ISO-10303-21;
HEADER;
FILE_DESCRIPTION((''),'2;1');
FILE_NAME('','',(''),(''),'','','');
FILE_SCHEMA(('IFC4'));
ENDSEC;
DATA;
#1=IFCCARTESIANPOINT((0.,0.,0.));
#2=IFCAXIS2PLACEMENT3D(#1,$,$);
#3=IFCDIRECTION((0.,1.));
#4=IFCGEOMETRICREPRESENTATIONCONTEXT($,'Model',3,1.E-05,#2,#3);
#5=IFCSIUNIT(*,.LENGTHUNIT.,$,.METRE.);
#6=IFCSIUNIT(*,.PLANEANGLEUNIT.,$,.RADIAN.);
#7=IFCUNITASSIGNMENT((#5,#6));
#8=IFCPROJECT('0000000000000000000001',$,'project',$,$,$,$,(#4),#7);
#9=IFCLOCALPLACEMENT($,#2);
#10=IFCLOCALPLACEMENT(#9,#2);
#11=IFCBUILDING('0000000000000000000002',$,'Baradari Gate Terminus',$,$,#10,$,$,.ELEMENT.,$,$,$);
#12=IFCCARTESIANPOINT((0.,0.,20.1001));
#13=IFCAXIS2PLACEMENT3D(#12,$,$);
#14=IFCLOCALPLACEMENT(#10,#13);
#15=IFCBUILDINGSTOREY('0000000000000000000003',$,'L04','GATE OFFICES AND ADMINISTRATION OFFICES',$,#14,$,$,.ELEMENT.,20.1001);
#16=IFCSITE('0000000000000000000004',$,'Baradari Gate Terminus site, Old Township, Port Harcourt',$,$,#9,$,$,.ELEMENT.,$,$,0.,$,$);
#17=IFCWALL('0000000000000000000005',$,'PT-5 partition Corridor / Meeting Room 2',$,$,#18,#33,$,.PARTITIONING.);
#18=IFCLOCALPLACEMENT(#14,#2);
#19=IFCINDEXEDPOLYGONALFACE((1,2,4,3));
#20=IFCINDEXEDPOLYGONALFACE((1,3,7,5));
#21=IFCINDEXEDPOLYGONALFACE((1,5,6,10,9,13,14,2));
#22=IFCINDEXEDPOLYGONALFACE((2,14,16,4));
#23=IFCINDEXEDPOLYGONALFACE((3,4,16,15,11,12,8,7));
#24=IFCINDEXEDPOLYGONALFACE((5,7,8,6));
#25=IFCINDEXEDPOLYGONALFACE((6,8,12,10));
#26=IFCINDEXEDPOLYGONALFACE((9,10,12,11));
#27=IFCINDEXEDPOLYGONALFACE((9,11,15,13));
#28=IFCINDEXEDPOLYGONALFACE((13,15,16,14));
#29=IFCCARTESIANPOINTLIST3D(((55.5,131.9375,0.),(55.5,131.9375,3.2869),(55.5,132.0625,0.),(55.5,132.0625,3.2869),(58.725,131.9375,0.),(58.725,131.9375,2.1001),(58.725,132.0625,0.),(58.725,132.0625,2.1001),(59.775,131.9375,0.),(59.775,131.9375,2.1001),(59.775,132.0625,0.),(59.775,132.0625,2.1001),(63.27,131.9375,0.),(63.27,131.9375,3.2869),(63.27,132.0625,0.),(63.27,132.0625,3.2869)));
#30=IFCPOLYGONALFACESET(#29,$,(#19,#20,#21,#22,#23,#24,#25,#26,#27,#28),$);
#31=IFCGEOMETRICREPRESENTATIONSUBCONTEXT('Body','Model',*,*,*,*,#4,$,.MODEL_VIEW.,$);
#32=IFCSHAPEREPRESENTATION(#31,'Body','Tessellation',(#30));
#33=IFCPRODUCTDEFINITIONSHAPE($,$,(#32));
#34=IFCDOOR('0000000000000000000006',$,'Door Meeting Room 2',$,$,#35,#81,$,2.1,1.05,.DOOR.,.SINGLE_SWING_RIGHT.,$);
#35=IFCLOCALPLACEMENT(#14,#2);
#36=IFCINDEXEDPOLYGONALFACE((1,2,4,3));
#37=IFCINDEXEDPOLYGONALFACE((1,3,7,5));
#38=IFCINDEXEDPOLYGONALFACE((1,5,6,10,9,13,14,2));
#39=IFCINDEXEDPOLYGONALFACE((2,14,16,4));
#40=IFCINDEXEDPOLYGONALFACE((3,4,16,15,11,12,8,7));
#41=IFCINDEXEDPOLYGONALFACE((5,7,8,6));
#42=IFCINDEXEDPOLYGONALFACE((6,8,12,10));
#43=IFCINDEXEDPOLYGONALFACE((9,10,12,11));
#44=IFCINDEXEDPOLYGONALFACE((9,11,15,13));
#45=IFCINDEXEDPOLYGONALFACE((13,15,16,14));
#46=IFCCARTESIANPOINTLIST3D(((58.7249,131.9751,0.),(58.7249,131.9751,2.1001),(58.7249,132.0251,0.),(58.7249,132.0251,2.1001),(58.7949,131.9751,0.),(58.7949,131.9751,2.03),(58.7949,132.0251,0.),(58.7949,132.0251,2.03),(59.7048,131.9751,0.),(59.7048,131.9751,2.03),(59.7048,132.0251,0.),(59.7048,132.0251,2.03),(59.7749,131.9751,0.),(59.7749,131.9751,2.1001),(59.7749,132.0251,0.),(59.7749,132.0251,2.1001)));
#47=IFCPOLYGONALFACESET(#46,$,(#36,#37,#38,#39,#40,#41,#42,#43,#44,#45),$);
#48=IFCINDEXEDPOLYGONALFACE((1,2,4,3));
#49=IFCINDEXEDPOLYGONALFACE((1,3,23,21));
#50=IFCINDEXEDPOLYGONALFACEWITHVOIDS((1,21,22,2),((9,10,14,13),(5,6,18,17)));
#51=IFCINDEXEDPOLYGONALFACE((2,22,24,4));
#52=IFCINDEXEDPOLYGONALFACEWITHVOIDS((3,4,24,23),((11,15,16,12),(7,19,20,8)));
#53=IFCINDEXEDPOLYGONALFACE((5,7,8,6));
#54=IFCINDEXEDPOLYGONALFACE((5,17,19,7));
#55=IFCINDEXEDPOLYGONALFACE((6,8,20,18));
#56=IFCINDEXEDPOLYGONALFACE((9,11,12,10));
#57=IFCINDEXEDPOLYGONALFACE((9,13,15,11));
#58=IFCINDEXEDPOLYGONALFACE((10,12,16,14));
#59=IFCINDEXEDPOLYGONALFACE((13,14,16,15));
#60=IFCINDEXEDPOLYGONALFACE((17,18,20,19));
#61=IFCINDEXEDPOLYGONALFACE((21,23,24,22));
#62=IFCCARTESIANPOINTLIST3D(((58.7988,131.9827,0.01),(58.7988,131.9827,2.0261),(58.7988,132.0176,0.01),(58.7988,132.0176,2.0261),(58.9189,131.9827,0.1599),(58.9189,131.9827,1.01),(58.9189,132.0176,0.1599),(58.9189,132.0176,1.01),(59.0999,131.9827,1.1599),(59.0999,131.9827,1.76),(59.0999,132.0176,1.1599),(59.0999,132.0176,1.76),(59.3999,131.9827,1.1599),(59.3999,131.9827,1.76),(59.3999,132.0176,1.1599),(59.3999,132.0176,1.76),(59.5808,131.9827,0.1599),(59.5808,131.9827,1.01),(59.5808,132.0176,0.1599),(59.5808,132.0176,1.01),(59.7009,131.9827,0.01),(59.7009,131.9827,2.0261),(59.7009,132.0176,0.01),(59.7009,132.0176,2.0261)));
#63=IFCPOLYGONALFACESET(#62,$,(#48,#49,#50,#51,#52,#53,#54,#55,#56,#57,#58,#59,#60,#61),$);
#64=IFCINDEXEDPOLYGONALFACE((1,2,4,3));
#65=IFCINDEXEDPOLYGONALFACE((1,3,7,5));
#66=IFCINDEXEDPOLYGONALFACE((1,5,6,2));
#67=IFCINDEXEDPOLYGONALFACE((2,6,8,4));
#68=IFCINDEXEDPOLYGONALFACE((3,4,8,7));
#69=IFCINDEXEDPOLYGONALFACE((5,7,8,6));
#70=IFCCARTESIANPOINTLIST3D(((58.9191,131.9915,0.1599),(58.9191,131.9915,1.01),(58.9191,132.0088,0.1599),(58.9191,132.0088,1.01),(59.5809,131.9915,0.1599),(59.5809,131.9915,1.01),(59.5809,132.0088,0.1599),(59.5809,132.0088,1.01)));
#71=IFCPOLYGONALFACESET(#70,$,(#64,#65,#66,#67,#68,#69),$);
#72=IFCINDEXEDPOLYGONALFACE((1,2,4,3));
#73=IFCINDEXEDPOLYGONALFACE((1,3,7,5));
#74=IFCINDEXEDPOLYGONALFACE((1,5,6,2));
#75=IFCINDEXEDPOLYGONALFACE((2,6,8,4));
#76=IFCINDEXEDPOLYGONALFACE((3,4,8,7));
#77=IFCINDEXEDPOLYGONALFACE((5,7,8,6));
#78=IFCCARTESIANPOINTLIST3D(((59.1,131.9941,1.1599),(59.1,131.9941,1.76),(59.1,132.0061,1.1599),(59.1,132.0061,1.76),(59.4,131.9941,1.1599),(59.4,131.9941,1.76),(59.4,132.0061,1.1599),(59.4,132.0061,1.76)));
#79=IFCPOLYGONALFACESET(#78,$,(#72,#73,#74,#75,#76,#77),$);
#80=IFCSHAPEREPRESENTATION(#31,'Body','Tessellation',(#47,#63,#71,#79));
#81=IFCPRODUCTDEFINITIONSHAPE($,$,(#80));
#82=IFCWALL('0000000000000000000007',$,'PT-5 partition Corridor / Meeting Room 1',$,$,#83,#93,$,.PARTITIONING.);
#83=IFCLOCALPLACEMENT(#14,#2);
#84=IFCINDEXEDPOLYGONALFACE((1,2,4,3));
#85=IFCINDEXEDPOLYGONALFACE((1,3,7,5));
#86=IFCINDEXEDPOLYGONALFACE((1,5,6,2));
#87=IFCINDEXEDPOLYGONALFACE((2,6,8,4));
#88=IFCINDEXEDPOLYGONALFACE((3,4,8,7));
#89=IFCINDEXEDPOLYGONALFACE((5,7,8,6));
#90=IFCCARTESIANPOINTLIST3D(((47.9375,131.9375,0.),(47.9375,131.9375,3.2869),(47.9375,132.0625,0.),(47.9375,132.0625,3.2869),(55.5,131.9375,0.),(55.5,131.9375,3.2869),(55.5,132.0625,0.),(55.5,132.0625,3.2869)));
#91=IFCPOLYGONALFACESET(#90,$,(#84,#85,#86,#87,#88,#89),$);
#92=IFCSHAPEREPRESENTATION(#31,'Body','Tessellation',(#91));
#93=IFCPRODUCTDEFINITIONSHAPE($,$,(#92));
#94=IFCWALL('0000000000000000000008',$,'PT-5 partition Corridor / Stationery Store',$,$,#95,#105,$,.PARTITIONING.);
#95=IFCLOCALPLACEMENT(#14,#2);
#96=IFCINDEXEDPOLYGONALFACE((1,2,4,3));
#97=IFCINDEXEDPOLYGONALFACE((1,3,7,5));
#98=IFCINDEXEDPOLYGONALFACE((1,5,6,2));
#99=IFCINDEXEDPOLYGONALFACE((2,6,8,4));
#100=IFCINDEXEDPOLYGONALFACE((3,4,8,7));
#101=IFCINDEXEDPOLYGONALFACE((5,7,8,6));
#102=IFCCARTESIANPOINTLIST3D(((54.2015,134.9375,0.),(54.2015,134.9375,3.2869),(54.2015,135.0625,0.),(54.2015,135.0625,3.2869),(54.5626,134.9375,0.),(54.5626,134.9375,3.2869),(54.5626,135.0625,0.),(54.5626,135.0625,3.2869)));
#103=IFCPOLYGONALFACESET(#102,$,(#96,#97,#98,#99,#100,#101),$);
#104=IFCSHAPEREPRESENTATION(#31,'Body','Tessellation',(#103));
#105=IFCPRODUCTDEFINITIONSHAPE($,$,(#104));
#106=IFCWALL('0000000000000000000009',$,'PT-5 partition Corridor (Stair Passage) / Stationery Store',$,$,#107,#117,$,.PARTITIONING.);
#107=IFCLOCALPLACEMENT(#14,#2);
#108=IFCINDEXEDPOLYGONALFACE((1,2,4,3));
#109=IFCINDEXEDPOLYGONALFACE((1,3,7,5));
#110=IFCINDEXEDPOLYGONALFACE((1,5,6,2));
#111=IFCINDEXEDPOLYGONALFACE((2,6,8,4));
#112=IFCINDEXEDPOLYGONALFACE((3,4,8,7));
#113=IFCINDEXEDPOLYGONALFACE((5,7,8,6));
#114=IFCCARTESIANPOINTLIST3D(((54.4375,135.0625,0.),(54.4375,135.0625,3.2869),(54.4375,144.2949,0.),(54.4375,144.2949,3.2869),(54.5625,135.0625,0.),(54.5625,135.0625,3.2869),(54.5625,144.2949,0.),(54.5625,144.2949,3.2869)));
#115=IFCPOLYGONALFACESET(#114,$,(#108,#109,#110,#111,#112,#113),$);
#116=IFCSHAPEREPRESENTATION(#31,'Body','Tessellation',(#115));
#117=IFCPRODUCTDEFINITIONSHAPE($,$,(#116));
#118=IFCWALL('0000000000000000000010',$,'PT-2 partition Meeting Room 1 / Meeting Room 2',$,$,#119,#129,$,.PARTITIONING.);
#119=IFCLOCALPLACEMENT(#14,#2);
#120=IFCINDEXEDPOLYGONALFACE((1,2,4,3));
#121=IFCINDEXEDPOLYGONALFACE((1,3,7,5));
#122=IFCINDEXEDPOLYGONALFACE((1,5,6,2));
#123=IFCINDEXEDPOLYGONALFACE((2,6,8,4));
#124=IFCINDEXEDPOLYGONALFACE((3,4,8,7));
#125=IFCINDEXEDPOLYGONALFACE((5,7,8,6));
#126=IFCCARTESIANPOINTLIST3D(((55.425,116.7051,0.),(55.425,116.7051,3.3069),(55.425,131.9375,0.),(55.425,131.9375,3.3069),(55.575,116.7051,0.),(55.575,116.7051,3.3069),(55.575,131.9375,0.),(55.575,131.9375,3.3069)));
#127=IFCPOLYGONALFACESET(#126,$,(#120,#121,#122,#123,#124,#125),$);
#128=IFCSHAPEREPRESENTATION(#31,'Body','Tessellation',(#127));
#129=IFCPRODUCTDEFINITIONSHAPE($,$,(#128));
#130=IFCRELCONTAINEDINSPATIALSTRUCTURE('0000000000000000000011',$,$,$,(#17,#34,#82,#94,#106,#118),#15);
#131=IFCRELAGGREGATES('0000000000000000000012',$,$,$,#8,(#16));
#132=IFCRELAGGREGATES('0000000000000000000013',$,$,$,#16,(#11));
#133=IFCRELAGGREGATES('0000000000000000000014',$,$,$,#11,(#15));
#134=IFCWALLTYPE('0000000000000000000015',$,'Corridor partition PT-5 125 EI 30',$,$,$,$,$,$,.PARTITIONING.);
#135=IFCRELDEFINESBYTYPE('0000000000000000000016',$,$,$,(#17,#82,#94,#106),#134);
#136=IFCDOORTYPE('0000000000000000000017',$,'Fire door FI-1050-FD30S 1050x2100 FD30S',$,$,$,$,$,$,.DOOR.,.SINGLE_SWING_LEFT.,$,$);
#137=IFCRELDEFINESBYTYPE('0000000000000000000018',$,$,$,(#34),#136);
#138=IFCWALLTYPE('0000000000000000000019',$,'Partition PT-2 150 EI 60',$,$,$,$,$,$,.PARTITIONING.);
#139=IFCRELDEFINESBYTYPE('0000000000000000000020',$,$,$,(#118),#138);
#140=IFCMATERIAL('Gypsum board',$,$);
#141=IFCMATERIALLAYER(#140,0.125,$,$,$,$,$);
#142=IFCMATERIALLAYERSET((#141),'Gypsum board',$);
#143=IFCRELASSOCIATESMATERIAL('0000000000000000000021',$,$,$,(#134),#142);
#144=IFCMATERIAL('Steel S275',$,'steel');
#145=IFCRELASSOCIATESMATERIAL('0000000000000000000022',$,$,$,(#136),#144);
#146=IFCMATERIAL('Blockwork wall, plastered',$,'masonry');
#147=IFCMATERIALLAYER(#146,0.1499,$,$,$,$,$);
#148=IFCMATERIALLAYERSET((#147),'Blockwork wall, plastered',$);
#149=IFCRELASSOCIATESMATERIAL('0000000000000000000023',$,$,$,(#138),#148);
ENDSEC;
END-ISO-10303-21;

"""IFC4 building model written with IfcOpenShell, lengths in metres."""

from ifc_helpers import new_model, si_unit, direction, frame, frame_2d, origin, place, context, subcontext, project, spatial, polyline, rectangle, outline, extrude, material, layer, layer_set, type_object, element, fill, save


model = new_model("IFC4")

# Units and contexts
model_context = context("Model", 3, precision=1e-05, world=origin(), true_north=direction((0.0, 1.0)))
body_context = subcontext(model_context, "Body", "Model", "MODEL_VIEW")
ifc_project = project(units=[si_unit("LENGTHUNIT", "METRE"), si_unit("PLANEANGLEUNIT", "RADIAN")], contexts=[model_context])

# Site, building, storey
site_placement = place(None, origin())
site = spatial("IfcSite", under=ifc_project, at=site_placement, Name="Baradari Gate Terminus site, Old Township, Port Harcourt", CompositionType="ELEMENT", RefElevation=0.0)
building_placement = place(site_placement, origin())
building = spatial("IfcBuilding", under=site, at=building_placement, Name="Baradari Gate Terminus", CompositionType="ELEMENT")
storey_placement = place(building_placement, frame((0.0, 0.0, 20.1001)))
storey = spatial("IfcBuildingStorey", under=building, at=storey_placement, Name="L04", Description="GATE OFFICES AND ADMINISTRATION OFFICES", CompositionType="ELEMENT", Elevation=20.1001)

# Wall, opening, door
ifc_material_1 = material(Name="Gypsum board")
ifc_layer_1 = layer(ifc_material_1, 0.125)
ifc_layer_set_1 = layer_set([ifc_layer_1], Name="Gypsum board")
wall_type_1 = type_object("IfcWallType", Name="Corridor partition PT-5 125 EI 30", PredefinedType="PARTITIONING", material=ifc_layer_set_1)
wall_1_placement = place(storey_placement, frame((63.27, 132.0, 0.0), z_axis=(0.0, 0.0, 1.0), x_axis=(-1.0, 0.0, 0.0)))
wall_1 = element("IfcWall", 1, at=wall_1_placement, inside=storey, type_object=wall_type_1, Name="PT-5 partition Corridor / Meeting Room 2", PredefinedType="PARTITIONING", context=body_context, shape_type="SweptSolid", body=[
    extrude(rectangle(XDim=7.77, YDim=0.125, at=frame_2d((3.885, 0.0))), origin(), (0.0, 0.0, 1.0), 3.2869),
])
opening_1_placement = place(wall_1_placement, frame((3.4951, 0.0, 0.0)))
opening_1 = element("IfcOpeningElement", 2, at=opening_1_placement, cuts=wall_1, PredefinedType="OPENING", context=body_context, shape_type="SweptSolid", body=[
    extrude(rectangle(XDim=1.05, YDim=2.1001, at=frame_2d((0.5249, 1.05))), frame((0.0, 0.0725, 0.0), z_axis=(0.0, -1.0, 0.0), x_axis=(1.0, 0.0, 0.0)), (0.0, 0.0, 1.0), 0.145),
])
ifc_material_2 = material(Name="Steel S275", Category="steel")
door_type_1 = type_object("IfcDoorType", Name="Fire door FI-1050-FD30S 1050x2100 FD30S", OperationType="SINGLE_SWING_LEFT", PredefinedType="DOOR", material=ifc_material_2)
door_1_placement = place(opening_1_placement, origin())
door_1 = element("IfcDoor", 3, at=door_1_placement, inside=storey, type_object=door_type_1, Name="Door Meeting Room 2", OperationType="SINGLE_SWING_RIGHT", OverallHeight=2.1, OverallWidth=1.05, PredefinedType="DOOR", context=body_context, shape_type="SweptSolid", body=[
    extrude(outline(polyline([(0.0, 0.0), (0.0701, 0.0), (0.0701, 2.03), (0.98, 2.03), (0.98, 0.0), (1.05, 0.0), (1.05, 2.1001), (0.0, 2.1001), (0.0, 0.0)])), frame((0.0, 0.0249, 0.0), z_axis=(0.0, -1.0, 0.0), x_axis=(1.0, 0.0, 0.0)), (0.0, 0.0, 1.0), 0.05),
    extrude(outline(polyline([(0.074, 0.01), (0.9761, 0.01), (0.9761, 2.0261), (0.074, 2.0261), (0.074, 0.01)]), holes=[polyline([(0.1941, 0.1599), (0.856, 0.1599), (0.856, 1.01), (0.1941, 1.01), (0.1941, 0.1599)]), polyline([(0.375, 1.1599), (0.675, 1.1599), (0.675, 1.76), (0.375, 1.76), (0.375, 1.1599)])]), frame((0.0, 0.0173, 0.0), z_axis=(0.0, -1.0, 0.0), x_axis=(1.0, 0.0, 0.0)), (0.0, 0.0, 1.0), 0.0349),
    extrude(rectangle(XDim=0.6619, YDim=0.8501, at=frame_2d((0.5249, 0.585))), frame((0.0, 0.0085, 0.0), z_axis=(0.0, -1.0, 0.0), x_axis=(1.0, 0.0, 0.0)), (0.0, 0.0, 1.0), 0.0173),
    extrude(rectangle(XDim=0.3, YDim=0.6001, at=frame_2d((0.5249, 1.46))), frame((0.0, 0.0059, 0.0), z_axis=(0.0, -1.0, 0.0), x_axis=(1.0, 0.0, 0.0)), (0.0, 0.0, 1.0), 0.012),
])
fill(opening_1, door_1)

# Walls
wall_2_placement = place(storey_placement, frame((55.5, 132.0, 0.0), z_axis=(0.0, 0.0, 1.0), x_axis=(-1.0, 0.0, 0.0)))
element("IfcWall", 4, at=wall_2_placement, inside=storey, type_object=wall_type_1, Name="PT-5 partition Corridor / Meeting Room 1", PredefinedType="PARTITIONING", context=body_context, shape_type="SweptSolid", body=[
    extrude(rectangle(XDim=7.5625, YDim=0.125, at=frame_2d((3.7812, 0.0))), origin(), (0.0, 0.0, 1.0), 3.2869),
])
wall_3_placement = place(storey_placement, frame((54.2014, 135.0, 0.0), z_axis=(0.0, 0.0, 1.0), x_axis=(1.0, 0.0, 0.0)))
element("IfcWall", 5, at=wall_3_placement, inside=storey, type_object=wall_type_1, Name="PT-5 partition Corridor / Stationery Store", PredefinedType="PARTITIONING", context=body_context, shape_type="SweptSolid", body=[
    extrude(rectangle(XDim=0.3611, YDim=0.125, at=frame_2d((0.1807, 0.0))), origin(), (0.0, 0.0, 1.0), 3.2869),
])
wall_4_placement = place(storey_placement, frame((54.5, 135.0625, 0.0), z_axis=(0.0, 0.0, 1.0), x_axis=(0.0, 1.0, 0.0)))
element("IfcWall", 6, at=wall_4_placement, inside=storey, type_object=wall_type_1, Name="PT-5 partition Corridor (Stair Passage) / Stationery Store", PredefinedType="PARTITIONING", context=body_context, shape_type="SweptSolid", body=[
    extrude(rectangle(XDim=9.2324, YDim=0.125, at=frame_2d((4.6162, 0.0))), origin(), (0.0, 0.0, 1.0), 3.2869),
])
ifc_material_3 = material(Name="Blockwork wall, plastered", Category="masonry")
ifc_layer_2 = layer(ifc_material_3, 0.1499)
ifc_layer_set_2 = layer_set([ifc_layer_2], Name="Blockwork wall, plastered")
wall_type_2 = type_object("IfcWallType", Name="Partition PT-2 150 EI 60", PredefinedType="PARTITIONING", material=ifc_layer_set_2)
wall_5_placement = place(storey_placement, frame((55.5, 131.9375, 0.0), z_axis=(0.0, 0.0, 1.0), x_axis=(0.0, -1.0, 0.0)))
element("IfcWall", 7, at=wall_5_placement, inside=storey, type_object=wall_type_2, Name="PT-2 partition Meeting Room 1 / Meeting Room 2", PredefinedType="PARTITIONING", context=body_context, shape_type="SweptSolid", body=[
    extrude(rectangle(XDim=15.2324, YDim=0.1499, at=frame_2d((7.6162, 0.0))), origin(), (0.0, 0.0, 1.0), 3.3069),
])

save(model, "model.ifc")
